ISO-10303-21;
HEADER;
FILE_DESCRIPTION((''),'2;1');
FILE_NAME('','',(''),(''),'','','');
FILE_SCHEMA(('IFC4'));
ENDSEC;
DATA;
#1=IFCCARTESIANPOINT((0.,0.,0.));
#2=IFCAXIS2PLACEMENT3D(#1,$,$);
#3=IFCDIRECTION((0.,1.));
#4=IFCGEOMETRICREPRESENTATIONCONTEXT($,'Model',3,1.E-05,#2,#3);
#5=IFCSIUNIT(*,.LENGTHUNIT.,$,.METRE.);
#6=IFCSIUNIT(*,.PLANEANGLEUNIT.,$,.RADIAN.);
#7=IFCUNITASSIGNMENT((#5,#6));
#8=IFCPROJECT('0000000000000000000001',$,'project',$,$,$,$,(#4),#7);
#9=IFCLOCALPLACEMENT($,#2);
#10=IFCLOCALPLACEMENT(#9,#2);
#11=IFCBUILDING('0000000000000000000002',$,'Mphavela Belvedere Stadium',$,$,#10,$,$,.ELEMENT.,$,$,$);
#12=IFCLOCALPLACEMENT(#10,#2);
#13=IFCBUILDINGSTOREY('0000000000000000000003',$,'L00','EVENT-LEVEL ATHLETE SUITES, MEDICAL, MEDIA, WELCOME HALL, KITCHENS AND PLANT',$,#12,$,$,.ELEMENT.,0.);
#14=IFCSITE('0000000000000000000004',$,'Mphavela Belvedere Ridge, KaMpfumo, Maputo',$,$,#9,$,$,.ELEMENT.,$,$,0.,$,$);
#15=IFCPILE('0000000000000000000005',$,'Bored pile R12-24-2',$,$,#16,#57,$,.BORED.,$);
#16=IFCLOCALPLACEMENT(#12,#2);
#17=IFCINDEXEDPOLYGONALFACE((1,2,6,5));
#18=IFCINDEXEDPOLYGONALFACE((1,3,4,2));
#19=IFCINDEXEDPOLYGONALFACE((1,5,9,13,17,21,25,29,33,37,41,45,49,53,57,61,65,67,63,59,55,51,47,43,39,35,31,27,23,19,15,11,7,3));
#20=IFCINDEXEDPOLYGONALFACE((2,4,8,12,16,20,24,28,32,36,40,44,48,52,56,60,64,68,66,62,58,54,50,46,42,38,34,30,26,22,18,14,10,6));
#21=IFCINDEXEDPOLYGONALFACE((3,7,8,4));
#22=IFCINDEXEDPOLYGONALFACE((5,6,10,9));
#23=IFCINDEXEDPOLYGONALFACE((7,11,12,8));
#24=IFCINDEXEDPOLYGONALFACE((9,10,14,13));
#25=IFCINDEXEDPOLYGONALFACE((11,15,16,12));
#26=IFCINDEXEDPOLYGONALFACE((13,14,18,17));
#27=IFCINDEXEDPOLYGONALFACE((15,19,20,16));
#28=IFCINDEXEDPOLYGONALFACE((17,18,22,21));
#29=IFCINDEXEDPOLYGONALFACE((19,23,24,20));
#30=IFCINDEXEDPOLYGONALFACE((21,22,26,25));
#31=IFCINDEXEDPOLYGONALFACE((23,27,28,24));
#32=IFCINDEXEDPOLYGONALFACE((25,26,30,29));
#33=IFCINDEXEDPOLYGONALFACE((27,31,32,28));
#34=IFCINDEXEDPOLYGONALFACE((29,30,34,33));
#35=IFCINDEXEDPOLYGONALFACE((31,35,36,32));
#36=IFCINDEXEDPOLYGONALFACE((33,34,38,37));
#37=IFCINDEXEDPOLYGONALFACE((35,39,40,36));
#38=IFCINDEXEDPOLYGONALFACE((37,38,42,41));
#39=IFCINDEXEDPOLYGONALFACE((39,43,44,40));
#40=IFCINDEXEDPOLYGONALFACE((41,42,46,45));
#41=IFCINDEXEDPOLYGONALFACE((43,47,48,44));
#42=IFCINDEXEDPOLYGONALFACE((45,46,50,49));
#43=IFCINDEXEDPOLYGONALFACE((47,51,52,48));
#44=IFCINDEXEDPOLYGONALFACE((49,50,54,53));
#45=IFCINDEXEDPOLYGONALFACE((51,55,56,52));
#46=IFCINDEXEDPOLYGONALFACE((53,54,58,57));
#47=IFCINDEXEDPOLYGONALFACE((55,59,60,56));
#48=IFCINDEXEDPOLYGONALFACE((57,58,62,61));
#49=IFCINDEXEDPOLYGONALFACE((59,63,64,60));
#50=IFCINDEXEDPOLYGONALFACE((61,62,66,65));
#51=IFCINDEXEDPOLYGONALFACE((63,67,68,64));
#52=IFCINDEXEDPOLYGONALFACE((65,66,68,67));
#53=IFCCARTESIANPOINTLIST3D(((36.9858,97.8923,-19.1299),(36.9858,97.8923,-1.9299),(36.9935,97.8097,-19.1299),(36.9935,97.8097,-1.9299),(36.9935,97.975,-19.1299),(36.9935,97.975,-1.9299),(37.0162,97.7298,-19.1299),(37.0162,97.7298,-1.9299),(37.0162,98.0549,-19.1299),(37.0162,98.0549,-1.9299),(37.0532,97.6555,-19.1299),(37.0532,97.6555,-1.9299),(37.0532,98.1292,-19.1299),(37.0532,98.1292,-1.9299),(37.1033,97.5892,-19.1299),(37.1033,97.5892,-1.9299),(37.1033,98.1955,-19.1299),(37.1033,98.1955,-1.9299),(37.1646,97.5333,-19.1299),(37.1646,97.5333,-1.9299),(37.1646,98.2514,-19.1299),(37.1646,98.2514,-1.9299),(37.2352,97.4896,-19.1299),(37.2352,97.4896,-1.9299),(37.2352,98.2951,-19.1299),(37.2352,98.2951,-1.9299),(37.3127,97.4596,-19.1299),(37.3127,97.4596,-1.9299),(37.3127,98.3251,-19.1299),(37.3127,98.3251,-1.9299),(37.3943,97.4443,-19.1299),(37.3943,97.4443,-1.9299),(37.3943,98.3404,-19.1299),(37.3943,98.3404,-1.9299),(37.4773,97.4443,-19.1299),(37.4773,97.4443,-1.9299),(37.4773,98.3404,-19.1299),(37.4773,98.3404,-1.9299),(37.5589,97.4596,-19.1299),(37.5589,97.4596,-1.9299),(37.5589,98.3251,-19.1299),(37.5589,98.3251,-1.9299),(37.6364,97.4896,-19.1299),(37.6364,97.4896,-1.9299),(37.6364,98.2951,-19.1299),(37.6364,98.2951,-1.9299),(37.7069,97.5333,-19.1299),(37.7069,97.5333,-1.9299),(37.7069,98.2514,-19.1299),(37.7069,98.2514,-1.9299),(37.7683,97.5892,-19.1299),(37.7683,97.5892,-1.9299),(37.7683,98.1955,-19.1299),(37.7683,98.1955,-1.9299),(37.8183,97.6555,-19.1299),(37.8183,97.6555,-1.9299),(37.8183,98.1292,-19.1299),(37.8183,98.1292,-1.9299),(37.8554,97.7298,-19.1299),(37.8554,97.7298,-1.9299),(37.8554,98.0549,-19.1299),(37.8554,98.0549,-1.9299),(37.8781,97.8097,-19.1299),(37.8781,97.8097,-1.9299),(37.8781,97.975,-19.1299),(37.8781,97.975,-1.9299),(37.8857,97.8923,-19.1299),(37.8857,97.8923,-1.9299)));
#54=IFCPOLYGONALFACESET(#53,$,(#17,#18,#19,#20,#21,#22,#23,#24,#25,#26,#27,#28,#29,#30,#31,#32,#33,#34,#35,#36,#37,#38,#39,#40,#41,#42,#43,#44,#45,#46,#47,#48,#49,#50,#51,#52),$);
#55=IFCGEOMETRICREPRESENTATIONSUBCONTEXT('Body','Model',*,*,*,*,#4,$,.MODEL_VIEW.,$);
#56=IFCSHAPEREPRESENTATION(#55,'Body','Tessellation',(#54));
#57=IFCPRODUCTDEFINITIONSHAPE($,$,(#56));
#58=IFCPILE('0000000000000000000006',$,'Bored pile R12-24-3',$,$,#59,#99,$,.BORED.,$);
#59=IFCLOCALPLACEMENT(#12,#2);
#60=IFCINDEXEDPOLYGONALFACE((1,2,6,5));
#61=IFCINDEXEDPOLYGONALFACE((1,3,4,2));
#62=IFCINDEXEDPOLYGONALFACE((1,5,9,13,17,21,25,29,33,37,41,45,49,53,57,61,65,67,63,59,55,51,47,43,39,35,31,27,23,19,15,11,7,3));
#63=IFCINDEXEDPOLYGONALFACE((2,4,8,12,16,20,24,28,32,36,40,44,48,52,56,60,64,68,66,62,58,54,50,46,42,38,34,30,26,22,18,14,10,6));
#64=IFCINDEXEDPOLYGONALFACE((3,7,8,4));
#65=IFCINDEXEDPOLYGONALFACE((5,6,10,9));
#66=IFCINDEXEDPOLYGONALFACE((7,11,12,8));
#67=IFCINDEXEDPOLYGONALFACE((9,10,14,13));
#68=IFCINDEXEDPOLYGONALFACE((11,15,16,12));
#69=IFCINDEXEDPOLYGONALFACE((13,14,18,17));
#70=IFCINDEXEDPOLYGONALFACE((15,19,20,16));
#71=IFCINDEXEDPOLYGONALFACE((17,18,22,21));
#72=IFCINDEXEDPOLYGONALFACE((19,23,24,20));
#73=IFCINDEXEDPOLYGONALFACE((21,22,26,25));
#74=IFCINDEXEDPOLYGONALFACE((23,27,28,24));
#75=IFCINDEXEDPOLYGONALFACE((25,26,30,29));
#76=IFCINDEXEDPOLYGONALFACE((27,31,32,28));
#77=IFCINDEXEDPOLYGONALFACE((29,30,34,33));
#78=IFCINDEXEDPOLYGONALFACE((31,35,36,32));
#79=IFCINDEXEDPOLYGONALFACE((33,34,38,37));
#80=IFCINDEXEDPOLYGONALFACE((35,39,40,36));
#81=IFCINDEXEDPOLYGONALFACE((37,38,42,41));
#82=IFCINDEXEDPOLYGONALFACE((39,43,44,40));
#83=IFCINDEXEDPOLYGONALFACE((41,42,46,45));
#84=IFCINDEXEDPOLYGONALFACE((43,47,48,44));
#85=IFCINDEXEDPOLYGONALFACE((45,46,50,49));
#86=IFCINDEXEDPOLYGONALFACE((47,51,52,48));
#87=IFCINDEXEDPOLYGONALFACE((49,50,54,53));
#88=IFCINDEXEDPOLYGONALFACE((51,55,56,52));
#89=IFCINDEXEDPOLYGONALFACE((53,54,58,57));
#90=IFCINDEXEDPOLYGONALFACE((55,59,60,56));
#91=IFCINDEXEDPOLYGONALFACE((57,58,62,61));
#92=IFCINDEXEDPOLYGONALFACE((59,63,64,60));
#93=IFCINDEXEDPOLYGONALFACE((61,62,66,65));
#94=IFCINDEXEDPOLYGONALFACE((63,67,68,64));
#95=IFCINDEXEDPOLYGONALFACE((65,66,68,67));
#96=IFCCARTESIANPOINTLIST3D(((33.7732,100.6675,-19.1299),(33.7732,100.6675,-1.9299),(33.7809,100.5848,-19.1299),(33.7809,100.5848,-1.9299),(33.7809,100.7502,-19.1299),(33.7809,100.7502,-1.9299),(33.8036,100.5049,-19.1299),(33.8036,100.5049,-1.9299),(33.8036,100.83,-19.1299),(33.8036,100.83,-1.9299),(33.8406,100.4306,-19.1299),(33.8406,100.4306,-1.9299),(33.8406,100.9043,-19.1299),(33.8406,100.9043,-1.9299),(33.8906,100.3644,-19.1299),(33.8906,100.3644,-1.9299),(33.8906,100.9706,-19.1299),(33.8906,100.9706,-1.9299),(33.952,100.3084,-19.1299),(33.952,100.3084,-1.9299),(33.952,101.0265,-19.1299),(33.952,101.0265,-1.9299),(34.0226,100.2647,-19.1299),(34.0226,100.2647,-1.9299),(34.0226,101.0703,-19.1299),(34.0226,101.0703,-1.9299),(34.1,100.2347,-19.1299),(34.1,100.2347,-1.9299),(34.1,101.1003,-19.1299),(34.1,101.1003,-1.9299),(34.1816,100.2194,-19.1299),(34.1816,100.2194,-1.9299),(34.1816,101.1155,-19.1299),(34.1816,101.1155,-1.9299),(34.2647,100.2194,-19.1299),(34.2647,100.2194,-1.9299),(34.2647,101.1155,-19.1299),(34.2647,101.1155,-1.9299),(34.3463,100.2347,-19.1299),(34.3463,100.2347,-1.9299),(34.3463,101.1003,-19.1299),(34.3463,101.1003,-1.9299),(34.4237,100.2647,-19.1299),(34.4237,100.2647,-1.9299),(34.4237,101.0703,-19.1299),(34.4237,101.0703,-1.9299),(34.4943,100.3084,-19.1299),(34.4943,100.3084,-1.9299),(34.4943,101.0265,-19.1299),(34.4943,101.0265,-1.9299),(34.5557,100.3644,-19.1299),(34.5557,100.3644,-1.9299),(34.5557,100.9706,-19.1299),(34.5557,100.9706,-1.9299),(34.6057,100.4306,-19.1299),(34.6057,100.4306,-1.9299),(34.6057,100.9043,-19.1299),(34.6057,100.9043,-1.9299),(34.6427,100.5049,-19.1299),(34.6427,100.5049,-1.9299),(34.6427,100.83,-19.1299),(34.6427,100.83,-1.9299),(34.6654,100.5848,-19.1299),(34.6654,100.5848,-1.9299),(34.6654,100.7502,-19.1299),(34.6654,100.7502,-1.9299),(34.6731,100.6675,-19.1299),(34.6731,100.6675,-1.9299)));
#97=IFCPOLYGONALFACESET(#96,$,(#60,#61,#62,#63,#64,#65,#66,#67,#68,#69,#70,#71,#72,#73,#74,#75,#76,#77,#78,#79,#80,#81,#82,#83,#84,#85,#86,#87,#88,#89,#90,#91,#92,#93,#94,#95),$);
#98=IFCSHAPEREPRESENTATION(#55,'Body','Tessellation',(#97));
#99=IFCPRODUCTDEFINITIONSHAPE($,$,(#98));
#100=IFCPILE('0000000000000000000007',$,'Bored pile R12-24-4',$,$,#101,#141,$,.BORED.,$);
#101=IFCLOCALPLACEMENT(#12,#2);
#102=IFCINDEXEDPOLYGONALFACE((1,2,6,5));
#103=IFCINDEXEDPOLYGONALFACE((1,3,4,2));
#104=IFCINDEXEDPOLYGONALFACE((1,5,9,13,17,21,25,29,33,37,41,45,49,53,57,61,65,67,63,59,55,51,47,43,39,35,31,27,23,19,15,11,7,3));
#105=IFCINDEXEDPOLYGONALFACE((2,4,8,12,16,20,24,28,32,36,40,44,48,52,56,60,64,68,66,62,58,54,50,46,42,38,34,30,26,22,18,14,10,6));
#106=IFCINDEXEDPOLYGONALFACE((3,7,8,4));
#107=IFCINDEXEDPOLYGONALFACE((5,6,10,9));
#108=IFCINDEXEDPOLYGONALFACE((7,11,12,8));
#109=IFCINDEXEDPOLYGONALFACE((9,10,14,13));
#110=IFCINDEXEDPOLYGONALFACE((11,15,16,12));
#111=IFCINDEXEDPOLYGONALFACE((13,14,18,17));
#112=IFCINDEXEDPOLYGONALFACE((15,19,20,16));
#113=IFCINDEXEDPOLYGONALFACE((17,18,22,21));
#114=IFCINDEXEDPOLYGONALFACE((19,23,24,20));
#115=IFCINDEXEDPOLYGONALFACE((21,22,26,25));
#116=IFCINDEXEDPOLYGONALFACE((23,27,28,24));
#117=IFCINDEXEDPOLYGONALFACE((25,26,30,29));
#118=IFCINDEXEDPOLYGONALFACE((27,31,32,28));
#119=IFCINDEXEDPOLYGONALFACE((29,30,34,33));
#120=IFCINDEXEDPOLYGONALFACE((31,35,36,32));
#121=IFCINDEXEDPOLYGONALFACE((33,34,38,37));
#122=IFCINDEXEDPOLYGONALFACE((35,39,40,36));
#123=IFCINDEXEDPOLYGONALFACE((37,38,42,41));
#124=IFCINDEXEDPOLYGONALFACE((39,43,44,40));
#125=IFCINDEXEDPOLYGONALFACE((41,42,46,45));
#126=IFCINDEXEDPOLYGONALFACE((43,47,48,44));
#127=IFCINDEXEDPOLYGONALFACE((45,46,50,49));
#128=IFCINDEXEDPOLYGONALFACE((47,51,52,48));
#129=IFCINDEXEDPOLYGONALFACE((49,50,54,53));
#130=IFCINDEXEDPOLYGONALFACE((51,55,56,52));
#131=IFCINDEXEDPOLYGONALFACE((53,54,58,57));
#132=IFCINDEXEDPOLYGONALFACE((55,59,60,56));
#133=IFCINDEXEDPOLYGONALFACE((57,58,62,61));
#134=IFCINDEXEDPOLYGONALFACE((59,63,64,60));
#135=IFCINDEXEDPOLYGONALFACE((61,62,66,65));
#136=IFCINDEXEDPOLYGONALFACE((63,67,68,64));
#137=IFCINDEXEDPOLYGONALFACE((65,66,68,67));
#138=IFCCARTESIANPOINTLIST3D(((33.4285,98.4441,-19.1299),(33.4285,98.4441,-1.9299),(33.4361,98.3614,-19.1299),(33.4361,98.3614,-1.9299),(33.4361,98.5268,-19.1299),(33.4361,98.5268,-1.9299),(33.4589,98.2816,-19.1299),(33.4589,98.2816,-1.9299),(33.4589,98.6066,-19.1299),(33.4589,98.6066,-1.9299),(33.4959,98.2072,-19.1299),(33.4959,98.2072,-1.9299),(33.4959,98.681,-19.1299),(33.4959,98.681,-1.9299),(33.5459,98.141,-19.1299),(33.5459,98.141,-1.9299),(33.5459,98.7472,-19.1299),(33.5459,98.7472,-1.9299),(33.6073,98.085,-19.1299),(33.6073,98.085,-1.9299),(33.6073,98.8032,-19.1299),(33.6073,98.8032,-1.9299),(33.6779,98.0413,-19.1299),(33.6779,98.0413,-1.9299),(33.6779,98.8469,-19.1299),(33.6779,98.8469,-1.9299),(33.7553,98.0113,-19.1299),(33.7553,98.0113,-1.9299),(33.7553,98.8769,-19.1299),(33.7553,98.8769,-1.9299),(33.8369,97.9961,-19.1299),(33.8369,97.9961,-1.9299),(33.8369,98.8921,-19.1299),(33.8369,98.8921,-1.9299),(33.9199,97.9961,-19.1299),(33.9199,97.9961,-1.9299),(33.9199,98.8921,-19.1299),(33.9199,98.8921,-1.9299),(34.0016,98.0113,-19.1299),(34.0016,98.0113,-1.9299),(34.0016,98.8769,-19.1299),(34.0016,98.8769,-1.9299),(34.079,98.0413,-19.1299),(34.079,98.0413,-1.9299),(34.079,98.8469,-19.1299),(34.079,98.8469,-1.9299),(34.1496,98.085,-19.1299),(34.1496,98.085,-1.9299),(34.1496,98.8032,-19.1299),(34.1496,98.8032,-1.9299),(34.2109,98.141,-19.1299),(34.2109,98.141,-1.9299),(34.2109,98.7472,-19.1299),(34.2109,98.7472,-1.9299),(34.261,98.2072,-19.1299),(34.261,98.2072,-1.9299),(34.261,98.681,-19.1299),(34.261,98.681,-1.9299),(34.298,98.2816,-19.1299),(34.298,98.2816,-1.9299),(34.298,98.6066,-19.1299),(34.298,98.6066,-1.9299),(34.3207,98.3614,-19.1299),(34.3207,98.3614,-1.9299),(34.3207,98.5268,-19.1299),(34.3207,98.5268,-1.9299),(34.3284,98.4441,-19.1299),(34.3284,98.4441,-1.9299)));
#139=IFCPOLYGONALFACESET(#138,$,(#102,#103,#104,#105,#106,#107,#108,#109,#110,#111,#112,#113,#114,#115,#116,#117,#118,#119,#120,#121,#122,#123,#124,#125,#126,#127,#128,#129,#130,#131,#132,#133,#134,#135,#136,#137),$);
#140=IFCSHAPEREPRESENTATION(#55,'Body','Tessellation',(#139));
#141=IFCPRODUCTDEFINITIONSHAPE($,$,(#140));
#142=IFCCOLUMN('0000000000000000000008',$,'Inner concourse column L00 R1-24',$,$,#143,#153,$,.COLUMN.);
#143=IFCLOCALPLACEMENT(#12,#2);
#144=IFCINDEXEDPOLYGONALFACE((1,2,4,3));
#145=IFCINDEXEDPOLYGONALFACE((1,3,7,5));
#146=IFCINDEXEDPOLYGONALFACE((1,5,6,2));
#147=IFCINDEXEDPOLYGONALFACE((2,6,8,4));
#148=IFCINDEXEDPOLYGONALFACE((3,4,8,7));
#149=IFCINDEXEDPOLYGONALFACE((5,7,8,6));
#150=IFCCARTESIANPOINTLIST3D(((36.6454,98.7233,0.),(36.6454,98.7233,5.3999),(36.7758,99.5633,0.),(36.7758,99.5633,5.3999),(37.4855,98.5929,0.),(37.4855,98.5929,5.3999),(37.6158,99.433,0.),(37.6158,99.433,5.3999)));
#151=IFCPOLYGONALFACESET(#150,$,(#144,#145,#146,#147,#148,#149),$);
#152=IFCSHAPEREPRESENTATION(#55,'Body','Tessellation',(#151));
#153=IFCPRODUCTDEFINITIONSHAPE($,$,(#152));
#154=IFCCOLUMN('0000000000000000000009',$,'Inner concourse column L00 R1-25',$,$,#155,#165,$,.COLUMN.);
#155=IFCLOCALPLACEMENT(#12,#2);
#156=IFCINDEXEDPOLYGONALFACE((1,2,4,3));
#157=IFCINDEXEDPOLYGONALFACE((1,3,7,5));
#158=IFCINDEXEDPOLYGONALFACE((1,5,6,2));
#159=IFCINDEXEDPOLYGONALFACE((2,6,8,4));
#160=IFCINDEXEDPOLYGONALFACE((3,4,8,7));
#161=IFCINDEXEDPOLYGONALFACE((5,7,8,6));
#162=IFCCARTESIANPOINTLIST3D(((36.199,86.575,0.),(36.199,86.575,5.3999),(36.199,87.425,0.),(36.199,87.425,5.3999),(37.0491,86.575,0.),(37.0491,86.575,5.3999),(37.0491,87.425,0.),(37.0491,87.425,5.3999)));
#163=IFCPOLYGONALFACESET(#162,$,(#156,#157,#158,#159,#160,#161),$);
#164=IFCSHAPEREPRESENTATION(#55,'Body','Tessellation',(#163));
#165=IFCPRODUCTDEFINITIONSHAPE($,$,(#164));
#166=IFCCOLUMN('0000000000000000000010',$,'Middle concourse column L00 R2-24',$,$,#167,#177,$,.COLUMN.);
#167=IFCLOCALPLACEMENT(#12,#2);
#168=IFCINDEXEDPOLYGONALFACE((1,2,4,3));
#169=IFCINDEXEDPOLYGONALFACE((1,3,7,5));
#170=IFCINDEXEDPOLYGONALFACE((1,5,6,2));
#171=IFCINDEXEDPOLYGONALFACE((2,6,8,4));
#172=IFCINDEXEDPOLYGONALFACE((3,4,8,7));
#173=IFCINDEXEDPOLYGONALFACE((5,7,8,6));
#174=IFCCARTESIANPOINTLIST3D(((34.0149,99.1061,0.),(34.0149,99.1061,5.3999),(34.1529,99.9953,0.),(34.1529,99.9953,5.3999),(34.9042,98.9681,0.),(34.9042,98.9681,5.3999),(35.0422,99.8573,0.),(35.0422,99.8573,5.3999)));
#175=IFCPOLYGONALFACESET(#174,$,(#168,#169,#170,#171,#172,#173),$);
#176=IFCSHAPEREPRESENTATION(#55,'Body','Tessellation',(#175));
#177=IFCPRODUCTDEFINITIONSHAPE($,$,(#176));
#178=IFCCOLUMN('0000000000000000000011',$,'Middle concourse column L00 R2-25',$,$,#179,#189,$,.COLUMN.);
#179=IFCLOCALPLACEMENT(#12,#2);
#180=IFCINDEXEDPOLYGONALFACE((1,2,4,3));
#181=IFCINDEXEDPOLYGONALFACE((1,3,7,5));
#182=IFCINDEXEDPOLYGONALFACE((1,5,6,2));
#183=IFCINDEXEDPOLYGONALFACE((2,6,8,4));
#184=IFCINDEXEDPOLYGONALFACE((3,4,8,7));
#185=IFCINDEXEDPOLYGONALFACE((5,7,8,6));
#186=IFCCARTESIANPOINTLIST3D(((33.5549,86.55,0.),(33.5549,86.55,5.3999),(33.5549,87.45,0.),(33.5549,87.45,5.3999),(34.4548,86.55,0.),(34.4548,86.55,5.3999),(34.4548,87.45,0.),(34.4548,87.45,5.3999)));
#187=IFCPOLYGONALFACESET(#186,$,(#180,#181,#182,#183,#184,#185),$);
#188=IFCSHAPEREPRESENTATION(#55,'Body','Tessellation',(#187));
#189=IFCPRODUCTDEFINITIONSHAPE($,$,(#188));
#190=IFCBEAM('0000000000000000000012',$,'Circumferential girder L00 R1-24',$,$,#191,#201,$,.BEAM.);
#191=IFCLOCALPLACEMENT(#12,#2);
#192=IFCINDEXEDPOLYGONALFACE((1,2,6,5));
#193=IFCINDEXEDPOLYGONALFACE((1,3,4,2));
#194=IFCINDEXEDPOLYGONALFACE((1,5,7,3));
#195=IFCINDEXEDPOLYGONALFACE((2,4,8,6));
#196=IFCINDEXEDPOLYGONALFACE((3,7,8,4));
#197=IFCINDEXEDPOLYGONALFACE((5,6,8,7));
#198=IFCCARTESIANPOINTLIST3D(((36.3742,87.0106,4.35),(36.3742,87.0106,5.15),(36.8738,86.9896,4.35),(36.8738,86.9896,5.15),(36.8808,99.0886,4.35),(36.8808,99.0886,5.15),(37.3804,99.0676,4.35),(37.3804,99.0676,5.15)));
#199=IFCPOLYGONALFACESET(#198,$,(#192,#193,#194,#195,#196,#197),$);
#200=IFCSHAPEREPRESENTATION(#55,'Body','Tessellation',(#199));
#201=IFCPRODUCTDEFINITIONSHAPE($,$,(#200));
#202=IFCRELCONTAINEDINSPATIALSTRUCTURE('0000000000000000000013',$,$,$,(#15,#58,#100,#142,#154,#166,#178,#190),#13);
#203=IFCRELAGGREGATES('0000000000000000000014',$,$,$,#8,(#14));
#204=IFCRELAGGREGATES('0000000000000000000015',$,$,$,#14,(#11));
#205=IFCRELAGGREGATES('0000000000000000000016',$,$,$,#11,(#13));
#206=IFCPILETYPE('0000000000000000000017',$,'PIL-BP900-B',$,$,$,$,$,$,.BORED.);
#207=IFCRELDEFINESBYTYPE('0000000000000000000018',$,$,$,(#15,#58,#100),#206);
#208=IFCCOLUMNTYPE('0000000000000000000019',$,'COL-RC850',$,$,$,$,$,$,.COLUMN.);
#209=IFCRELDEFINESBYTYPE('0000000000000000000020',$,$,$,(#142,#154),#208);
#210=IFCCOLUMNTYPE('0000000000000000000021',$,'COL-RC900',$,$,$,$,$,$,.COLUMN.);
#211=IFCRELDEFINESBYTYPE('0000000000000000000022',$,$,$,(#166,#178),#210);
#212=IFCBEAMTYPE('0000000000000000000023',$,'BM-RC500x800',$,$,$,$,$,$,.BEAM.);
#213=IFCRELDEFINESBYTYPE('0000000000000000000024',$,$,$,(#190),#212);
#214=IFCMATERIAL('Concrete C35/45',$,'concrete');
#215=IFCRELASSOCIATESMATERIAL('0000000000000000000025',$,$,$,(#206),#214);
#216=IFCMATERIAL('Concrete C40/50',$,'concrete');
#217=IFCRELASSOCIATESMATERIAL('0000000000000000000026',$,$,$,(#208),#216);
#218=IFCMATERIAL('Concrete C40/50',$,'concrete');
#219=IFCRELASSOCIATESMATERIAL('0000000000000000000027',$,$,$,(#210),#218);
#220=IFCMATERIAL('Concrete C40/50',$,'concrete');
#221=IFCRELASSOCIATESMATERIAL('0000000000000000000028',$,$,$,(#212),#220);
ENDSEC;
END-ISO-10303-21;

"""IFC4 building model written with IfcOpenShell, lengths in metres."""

from ifc_helpers import new_model, si_unit, direction, frame, origin, origin_2d, place, context, subcontext, project, spatial, rectangle, circle, extrude, material, material_profile, profile_set, type_object, element, save


model = new_model("IFC4")

# Units and contexts
model_context = context("Model", 3, precision=1e-05, world=origin(), true_north=direction((0.0, 1.0)))
body_context = subcontext(model_context, "Body", "Model", "MODEL_VIEW")
ifc_project = project(units=[si_unit("LENGTHUNIT", "METRE"), si_unit("PLANEANGLEUNIT", "RADIAN")], contexts=[model_context])

# Site, building, storey
site_placement = place(None, origin())
site = spatial("IfcSite", under=ifc_project, at=site_placement, Name="Mphavela Belvedere Ridge, KaMpfumo, Maputo", CompositionType="ELEMENT", RefElevation=0.0)
building_placement = place(site_placement, origin())
building = spatial("IfcBuilding", under=site, at=building_placement, Name="Mphavela Belvedere Stadium", CompositionType="ELEMENT")
storey_placement = place(building_placement, origin())
storey = spatial("IfcBuildingStorey", under=building, at=storey_placement, Name="L00", Description="EVENT-LEVEL ATHLETE SUITES, MEDICAL, MEDIA, WELCOME HALL, KITCHENS AND PLANT", CompositionType="ELEMENT", Elevation=0.0)

# Piles
ifc_material_1 = material(Name="Concrete C35/45", Category="concrete")
ifc_material_profile_1 = material_profile(ifc_material_1, circle(Radius=0.45, at=origin_2d()), Name="BP D900")
ifc_profile_set_1 = profile_set([ifc_material_profile_1], Name="Concrete C35/45")
pile_type_1 = type_object("IfcPileType", Name="PIL-BP900-B", PredefinedType="BORED", material=ifc_profile_set_1)
for number, where, z_axis, x_axis, name in (
    (1, (37.4358, 97.8923, -1.9299), (0.0, 0.0, -1.0), (1.0, 0.0, 0.0), "Bored pile R12-24-2"),
    (2, (34.2231, 100.6675, -1.9299), (0.0, 0.0, -1.0), (1.0, 0.0, 0.0), "Bored pile R12-24-3"),
    (3, (33.8784, 98.4441, -1.9299), (0.0, 0.0, -1.0), (1.0, 0.0, 0.0), "Bored pile R12-24-4"),
):
    element("IfcPile", number, at=place(storey_placement, frame(where, z_axis=z_axis, x_axis=x_axis)), inside=storey, type_object=pile_type_1, Name=name, PredefinedType="BORED", context=body_context, shape_type="SweptSolid", body=[
        extrude(circle(Radius=0.45, at=origin_2d()), origin(), (0.0, 0.0, 1.0), 17.2),
    ])

# Columns
ifc_material_2 = material(Name="Concrete C40/50", Category="concrete")
ifc_material_profile_2 = material_profile(ifc_material_2, rectangle(XDim=0.8501, YDim=0.8501, at=origin_2d()), Name="RC 850x850")
ifc_profile_set_2 = profile_set([ifc_material_profile_2], Name="Concrete C40/50")
column_type_1 = type_object("IfcColumnType", Name="COL-RC850", PredefinedType="COLUMN", material=ifc_profile_set_2)
for number, where, z_axis, x_axis, name in (
    (4, (37.1306, 99.0781, 0.0), (0.0, 0.0, 1.0), (-0.988175, 0.153331, 0.0), "Inner concourse column L00 R1-24"),
    (5, (36.624, 87.0, 0.0), (0.0, 0.0, 1.0), (-1.0, 0.0, 0.0), "Inner concourse column L00 R1-25"),
):
    element("IfcColumn", number, at=place(storey_placement, frame(where, z_axis=z_axis, x_axis=x_axis)), inside=storey, type_object=column_type_1, Name=name, PredefinedType="COLUMN", context=body_context, shape_type="SweptSolid", body=[
        extrude(rectangle(XDim=0.8501, YDim=0.8501, at=origin_2d()), origin(), (0.0, 0.0, 1.0), 5.3999),
    ])
ifc_material_3 = material(Name="Concrete C40/50", Category="concrete")
ifc_material_profile_3 = material_profile(ifc_material_3, rectangle(XDim=0.8999, YDim=0.8999, at=origin_2d()), Name="RC 900x900")
ifc_profile_set_3 = profile_set([ifc_material_profile_3], Name="Concrete C40/50")
column_type_2 = type_object("IfcColumnType", Name="COL-RC900", PredefinedType="COLUMN", material=ifc_profile_set_3)
for number, where, z_axis, x_axis, name in (
    (6, (34.5286, 99.4817, 0.0), (0.0, 0.0, 1.0), (-0.988175, 0.153331, 0.0), "Middle concourse column L00 R2-24"),
    (7, (34.0049, 87.0, 0.0), (0.0, 0.0, 1.0), (-1.0, 0.0, 0.0), "Middle concourse column L00 R2-25"),
):
    element("IfcColumn", number, at=place(storey_placement, frame(where, z_axis=z_axis, x_axis=x_axis)), inside=storey, type_object=column_type_2, Name=name, PredefinedType="COLUMN", context=body_context, shape_type="SweptSolid", body=[
        extrude(rectangle(XDim=0.8999, YDim=0.8999, at=origin_2d()), origin(), (0.0, 0.0, 1.0), 5.3999),
    ])

# Beam
ifc_material_4 = material(Name="Concrete C40/50", Category="concrete")
ifc_material_profile_4 = material_profile(ifc_material_4, rectangle(XDim=0.5, YDim=0.8, at=origin_2d()), Name="RC 500x800")
ifc_profile_set_4 = profile_set([ifc_material_profile_4], Name="Concrete C40/50")
beam_type_1 = type_object("IfcBeamType", Name="BM-RC500x800", PredefinedType="BEAM", material=ifc_profile_set_4)
beam_1_placement = place(storey_placement, frame((37.1306, 99.0781, 4.75), z_axis=(-0.041906, -0.999122, 0.0), x_axis=(0.999122, -0.041906, 0.0)))
element("IfcBeam", 8, at=beam_1_placement, inside=storey, type_object=beam_type_1, Name="Circumferential girder L00 R1-24", PredefinedType="BEAM", context=body_context, shape_type="SweptSolid", body=[
    extrude(rectangle(XDim=0.5, YDim=0.8, at=origin_2d()), origin(), (0.0, 0.0, 1.0), 12.0886),
])

save(model, "model.ifc")
